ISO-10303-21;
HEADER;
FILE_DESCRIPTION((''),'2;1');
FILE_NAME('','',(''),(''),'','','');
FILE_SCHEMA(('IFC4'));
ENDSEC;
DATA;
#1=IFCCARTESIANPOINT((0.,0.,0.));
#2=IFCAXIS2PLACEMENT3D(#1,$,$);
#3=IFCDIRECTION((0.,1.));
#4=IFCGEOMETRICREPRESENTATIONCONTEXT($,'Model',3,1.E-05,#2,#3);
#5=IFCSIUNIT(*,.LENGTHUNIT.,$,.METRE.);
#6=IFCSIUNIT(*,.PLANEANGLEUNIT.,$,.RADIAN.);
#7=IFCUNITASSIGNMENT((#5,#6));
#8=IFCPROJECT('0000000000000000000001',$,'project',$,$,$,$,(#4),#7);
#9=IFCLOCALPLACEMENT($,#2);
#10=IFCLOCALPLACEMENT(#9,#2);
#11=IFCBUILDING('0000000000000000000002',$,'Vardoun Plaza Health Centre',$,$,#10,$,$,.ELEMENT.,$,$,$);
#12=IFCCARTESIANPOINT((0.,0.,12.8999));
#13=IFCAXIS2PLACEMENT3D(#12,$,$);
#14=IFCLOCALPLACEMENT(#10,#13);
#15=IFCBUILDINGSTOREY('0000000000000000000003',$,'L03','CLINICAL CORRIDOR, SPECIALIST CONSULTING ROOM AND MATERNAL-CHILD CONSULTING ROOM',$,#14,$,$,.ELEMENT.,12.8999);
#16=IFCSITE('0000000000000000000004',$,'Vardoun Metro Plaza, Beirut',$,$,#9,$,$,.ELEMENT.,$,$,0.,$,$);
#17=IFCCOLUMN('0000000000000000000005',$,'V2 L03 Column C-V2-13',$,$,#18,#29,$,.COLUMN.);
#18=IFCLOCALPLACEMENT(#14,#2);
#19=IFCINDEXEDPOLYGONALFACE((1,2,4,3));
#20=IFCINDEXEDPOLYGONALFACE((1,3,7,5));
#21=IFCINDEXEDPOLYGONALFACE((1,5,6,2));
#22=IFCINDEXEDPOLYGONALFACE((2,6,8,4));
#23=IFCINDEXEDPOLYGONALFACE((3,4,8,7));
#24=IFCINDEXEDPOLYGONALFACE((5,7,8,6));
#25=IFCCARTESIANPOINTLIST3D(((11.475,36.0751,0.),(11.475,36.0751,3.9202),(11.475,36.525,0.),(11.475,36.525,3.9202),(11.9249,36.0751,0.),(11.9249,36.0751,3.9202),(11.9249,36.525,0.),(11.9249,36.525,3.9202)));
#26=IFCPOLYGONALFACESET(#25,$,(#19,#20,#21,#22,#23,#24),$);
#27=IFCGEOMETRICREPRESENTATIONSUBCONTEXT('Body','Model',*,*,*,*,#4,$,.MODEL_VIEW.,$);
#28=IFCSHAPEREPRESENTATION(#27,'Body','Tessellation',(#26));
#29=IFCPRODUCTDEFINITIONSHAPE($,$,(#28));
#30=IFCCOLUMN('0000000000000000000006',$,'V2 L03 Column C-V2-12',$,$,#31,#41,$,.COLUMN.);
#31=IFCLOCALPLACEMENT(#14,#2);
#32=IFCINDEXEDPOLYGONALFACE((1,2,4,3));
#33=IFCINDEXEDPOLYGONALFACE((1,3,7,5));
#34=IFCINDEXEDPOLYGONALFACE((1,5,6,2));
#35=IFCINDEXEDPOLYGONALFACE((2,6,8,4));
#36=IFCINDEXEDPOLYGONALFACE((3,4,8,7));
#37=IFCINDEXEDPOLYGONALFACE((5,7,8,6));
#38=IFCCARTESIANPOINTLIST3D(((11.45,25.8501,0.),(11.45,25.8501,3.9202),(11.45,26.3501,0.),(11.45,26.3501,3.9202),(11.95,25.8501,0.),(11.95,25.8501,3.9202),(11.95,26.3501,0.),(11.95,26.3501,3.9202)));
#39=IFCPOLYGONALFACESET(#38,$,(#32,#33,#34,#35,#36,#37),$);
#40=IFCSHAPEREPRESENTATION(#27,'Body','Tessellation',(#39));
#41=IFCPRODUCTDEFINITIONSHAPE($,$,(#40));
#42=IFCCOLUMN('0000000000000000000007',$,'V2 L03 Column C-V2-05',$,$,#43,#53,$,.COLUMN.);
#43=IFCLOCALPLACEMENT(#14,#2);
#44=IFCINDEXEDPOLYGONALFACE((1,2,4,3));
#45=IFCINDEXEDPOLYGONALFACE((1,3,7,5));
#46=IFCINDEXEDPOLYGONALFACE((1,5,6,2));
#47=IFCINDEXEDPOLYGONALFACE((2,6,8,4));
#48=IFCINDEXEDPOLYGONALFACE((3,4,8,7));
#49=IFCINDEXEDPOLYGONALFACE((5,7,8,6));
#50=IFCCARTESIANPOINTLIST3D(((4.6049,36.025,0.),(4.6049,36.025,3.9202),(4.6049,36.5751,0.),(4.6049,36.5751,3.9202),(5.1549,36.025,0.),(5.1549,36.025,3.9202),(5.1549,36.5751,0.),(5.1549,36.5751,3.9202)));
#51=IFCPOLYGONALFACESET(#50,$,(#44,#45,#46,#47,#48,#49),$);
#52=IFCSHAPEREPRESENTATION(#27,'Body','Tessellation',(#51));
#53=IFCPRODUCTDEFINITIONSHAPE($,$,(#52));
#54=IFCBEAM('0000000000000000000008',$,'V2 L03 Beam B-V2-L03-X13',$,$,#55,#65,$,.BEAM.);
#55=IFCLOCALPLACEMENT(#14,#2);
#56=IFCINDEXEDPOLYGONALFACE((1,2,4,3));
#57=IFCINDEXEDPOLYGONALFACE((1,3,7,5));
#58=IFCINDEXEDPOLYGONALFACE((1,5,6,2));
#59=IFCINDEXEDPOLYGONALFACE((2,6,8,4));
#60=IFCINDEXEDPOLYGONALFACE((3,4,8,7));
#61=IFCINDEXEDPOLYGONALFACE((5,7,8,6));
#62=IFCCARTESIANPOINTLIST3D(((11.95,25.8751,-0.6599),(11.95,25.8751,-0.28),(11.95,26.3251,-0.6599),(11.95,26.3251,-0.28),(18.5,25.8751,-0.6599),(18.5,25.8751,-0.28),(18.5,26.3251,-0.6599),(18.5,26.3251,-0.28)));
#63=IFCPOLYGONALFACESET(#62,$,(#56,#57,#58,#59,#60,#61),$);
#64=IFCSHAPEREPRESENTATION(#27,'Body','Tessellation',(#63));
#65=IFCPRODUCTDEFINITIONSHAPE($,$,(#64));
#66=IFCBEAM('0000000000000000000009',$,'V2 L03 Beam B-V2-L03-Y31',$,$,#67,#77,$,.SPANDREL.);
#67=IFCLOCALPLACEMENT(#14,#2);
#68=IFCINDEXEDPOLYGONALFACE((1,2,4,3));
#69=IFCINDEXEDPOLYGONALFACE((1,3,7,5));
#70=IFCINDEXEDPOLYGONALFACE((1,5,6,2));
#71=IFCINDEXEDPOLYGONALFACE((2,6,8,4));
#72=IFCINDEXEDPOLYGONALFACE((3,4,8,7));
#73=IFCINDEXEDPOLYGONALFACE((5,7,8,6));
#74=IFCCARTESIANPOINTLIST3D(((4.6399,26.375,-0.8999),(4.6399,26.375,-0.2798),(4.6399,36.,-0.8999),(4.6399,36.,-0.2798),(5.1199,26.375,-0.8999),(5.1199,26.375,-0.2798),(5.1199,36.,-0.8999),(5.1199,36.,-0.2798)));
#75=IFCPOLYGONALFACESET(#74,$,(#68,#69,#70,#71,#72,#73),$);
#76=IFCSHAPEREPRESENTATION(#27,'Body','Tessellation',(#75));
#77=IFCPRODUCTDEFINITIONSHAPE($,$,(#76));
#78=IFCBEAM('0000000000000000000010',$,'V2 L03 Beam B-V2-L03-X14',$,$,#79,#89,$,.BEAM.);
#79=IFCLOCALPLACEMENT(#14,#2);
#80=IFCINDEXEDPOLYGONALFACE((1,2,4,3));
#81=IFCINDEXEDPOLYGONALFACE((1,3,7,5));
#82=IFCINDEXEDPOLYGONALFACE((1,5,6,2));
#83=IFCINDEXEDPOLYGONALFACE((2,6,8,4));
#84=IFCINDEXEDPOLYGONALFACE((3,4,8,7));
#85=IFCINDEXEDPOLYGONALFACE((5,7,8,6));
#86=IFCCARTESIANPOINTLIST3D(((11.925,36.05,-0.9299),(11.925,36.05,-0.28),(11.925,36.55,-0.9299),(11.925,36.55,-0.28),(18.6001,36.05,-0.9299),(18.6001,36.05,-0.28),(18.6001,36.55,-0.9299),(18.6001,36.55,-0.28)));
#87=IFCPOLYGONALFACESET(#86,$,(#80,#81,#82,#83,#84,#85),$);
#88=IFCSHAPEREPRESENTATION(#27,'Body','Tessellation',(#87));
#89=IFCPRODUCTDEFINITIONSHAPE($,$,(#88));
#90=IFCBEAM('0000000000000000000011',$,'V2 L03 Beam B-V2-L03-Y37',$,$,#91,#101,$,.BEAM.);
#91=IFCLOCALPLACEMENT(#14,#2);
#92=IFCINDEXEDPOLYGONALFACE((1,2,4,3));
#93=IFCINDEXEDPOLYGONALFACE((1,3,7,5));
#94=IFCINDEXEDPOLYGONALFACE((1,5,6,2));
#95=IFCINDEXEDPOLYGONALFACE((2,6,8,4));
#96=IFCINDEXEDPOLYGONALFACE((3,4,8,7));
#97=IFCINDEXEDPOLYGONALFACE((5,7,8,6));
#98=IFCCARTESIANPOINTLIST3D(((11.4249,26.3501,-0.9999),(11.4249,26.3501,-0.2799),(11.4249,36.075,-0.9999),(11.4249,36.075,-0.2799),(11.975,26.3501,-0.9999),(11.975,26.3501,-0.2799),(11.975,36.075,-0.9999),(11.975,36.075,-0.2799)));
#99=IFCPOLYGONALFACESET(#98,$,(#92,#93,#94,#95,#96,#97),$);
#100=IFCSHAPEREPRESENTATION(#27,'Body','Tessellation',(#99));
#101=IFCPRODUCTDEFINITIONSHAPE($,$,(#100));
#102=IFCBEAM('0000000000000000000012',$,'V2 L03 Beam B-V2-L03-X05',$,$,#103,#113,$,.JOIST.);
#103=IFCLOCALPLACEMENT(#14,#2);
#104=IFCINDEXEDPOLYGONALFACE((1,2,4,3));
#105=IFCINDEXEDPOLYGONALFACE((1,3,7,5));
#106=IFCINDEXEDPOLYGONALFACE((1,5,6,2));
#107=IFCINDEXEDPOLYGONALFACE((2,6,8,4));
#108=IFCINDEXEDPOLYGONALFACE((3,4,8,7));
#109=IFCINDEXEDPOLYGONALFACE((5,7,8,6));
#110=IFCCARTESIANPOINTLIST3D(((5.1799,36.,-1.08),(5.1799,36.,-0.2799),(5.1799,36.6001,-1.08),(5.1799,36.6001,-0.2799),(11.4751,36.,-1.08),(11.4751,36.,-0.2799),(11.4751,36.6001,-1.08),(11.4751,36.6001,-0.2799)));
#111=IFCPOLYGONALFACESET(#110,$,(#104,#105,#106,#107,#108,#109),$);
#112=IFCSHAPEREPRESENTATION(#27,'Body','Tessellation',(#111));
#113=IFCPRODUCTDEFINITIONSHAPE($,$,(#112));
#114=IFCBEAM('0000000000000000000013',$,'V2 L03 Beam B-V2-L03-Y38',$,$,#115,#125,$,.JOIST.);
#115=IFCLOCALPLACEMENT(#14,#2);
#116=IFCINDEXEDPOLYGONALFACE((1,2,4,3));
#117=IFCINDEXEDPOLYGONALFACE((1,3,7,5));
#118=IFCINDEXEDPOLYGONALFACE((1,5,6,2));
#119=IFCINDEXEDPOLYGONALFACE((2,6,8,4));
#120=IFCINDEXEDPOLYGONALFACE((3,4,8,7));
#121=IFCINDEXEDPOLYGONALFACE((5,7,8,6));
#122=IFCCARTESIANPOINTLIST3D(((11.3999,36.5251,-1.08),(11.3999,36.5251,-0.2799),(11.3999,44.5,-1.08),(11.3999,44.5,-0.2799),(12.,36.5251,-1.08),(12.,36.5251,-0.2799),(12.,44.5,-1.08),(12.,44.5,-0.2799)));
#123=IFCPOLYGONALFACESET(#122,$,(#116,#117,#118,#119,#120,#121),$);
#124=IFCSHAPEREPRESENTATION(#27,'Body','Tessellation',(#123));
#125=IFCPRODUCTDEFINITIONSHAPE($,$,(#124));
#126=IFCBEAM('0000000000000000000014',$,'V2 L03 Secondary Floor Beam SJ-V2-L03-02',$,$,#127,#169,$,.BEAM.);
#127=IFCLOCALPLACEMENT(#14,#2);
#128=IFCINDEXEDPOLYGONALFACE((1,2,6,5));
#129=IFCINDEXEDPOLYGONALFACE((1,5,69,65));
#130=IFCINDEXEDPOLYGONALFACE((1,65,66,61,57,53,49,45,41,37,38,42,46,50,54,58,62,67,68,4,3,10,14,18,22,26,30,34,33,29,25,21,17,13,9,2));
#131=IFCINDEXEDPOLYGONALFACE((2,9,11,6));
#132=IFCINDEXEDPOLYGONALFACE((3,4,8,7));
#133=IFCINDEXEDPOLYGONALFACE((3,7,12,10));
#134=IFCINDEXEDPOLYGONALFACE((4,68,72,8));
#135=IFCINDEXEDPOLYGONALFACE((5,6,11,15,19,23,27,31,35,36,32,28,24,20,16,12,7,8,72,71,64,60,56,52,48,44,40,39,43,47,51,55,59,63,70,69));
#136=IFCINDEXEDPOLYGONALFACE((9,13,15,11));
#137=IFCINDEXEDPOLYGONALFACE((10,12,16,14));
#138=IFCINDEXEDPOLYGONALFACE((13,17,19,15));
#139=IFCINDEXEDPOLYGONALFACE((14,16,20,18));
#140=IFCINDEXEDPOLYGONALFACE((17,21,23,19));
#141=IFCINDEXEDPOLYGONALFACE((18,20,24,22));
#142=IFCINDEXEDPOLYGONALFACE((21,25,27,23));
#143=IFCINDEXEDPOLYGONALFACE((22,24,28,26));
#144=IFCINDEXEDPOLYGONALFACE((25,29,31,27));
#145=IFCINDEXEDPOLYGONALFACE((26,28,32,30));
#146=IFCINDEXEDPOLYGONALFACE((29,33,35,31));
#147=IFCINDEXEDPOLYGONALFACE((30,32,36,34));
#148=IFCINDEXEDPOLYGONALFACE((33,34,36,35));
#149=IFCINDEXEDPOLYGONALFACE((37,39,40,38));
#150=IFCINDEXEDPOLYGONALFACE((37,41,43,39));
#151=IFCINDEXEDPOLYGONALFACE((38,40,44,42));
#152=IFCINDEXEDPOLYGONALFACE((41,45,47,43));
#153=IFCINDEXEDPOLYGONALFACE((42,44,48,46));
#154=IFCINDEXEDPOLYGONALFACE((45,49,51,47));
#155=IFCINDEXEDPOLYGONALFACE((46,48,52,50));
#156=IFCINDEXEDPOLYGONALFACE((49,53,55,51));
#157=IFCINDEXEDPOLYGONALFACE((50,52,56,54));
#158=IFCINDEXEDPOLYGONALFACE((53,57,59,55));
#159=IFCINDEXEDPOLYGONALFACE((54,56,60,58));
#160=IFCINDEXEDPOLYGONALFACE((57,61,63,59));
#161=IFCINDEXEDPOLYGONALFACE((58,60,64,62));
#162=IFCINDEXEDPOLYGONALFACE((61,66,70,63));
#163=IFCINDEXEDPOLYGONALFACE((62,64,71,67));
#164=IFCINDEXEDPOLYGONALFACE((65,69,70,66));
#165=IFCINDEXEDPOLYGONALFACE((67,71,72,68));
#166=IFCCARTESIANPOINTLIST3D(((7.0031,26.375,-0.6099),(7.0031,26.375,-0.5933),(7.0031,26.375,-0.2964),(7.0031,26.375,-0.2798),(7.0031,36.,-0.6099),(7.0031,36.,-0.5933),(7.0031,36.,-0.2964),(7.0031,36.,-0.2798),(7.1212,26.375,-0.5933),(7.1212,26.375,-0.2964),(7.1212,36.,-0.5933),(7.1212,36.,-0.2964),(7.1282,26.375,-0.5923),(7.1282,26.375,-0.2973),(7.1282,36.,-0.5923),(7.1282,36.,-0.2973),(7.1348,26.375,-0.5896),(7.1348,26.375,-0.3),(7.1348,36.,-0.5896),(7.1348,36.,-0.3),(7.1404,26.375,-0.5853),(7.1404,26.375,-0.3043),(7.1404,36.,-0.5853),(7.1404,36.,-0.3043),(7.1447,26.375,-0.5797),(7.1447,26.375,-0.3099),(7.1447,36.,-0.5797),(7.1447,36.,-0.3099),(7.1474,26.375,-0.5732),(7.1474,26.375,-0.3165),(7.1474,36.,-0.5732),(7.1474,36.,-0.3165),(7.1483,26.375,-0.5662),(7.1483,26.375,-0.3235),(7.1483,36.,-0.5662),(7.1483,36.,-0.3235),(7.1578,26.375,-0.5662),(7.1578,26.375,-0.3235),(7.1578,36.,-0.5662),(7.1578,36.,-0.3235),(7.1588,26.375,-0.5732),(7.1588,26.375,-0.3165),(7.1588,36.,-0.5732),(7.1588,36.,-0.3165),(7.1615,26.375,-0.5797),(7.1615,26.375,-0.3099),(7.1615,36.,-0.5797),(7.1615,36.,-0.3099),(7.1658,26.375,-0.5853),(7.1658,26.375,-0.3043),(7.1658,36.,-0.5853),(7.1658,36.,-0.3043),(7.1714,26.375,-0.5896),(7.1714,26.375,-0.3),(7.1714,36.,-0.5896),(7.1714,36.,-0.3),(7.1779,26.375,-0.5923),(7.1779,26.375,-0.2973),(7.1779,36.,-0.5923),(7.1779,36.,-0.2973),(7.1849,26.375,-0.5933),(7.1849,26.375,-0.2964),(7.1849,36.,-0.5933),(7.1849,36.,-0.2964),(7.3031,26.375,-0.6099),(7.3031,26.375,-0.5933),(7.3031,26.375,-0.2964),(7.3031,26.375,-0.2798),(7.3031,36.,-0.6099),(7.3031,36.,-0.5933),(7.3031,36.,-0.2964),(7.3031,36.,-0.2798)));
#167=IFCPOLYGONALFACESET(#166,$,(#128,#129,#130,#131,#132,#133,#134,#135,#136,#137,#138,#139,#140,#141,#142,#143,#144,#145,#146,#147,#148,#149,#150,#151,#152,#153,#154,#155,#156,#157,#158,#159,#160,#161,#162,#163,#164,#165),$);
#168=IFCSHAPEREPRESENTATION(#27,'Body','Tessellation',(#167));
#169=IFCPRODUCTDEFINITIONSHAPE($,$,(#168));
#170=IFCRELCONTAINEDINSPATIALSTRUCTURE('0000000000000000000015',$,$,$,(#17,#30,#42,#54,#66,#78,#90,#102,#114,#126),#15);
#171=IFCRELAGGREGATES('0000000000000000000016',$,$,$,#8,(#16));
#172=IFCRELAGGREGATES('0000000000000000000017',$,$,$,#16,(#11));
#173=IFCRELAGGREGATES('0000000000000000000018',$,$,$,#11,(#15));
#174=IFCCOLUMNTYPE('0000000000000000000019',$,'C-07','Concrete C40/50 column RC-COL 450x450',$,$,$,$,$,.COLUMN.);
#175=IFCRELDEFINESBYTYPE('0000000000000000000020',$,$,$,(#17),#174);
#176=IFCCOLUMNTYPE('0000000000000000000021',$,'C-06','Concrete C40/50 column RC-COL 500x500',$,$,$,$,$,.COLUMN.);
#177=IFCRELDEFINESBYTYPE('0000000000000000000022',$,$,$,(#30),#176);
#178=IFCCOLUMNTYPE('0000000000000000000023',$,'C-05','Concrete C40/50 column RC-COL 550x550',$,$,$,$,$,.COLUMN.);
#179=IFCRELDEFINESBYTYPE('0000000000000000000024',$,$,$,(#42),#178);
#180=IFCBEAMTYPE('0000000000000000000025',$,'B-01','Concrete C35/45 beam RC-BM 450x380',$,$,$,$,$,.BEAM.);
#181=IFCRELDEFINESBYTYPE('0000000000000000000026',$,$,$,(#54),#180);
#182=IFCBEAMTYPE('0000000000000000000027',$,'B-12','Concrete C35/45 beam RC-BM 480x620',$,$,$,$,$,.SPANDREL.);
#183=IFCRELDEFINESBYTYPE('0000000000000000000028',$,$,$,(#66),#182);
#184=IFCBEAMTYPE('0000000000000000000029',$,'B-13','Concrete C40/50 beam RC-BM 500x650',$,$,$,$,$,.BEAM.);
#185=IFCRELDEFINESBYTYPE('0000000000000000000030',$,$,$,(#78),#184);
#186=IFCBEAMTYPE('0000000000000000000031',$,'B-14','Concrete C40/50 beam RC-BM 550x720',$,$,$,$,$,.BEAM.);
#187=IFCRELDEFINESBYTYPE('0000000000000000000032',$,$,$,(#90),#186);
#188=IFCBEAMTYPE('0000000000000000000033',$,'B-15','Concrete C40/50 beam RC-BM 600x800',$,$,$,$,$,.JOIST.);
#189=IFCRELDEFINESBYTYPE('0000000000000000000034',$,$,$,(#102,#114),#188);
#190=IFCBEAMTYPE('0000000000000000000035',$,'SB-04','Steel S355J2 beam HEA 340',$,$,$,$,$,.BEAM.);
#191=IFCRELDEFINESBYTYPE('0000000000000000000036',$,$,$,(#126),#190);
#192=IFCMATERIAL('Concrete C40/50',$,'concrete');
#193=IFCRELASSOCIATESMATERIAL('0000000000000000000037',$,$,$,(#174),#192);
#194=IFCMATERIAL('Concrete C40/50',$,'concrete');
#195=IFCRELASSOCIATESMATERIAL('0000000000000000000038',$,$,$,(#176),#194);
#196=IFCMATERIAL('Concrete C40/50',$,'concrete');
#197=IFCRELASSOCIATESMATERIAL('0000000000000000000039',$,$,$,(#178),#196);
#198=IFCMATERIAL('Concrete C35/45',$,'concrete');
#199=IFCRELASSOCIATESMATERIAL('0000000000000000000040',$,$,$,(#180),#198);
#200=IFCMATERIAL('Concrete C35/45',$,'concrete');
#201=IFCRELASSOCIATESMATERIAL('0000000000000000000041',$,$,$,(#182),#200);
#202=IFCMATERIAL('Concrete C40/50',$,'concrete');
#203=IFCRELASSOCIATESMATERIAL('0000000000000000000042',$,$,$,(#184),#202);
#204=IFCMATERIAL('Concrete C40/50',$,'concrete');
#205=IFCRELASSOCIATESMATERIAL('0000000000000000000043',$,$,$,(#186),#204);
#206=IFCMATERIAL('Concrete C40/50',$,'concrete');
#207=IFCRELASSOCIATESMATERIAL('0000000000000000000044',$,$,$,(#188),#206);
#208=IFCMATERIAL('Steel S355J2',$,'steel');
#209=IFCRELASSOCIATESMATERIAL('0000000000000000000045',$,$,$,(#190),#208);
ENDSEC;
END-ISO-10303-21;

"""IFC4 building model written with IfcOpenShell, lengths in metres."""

from ifc_helpers import new_model, si_unit, direction, frame, origin, origin_2d, place, context, subcontext, project, spatial, rectangle, i_section, extrude, material, material_profile, profile_set, type_object, element, save


model = new_model("IFC4")

# Units and contexts
model_context = context("Model", 3, precision=1e-05, world=origin(), true_north=direction((0.0, 1.0)))
body_context = subcontext(model_context, "Body", "Model", "MODEL_VIEW")
ifc_project = project(units=[si_unit("LENGTHUNIT", "METRE"), si_unit("PLANEANGLEUNIT", "RADIAN")], contexts=[model_context])

# Site, building, storey
site_placement = place(None, origin())
site = spatial("IfcSite", under=ifc_project, at=site_placement, Name="Vardoun Metro Plaza, Beirut", CompositionType="ELEMENT", RefElevation=0.0)
building_placement = place(site_placement, origin())
building = spatial("IfcBuilding", under=site, at=building_placement, Name="Vardoun Plaza Health Centre", CompositionType="ELEMENT")
storey_placement = place(building_placement, frame((0.0, 0.0, 12.8999)))
storey = spatial("IfcBuildingStorey", under=building, at=storey_placement, Name="L03", Description="CLINICAL CORRIDOR, SPECIALIST CONSULTING ROOM AND MATERNAL-CHILD CONSULTING ROOM", CompositionType="ELEMENT", Elevation=12.8999)

# Columns
ifc_material_1 = material(Name="Concrete C40/50", Category="concrete")
ifc_material_profile_1 = material_profile(ifc_material_1, rectangle(XDim=0.45, YDim=0.45, at=origin_2d()), Name="RC-COL 450x450")
ifc_profile_set_1 = profile_set([ifc_material_profile_1], Name="Concrete C40/50")
column_type_1 = type_object("IfcColumnType", Name="C-07", Description="Concrete C40/50 column RC-COL 450x450", PredefinedType="COLUMN", material=ifc_profile_set_1)
column_1_placement = place(storey_placement, frame((11.7, 36.3, 0.0), z_axis=(0.0, 0.0, 1.0), x_axis=(1.0, 0.0, 0.0)))
element("IfcColumn", 1, at=column_1_placement, inside=storey, type_object=column_type_1, Name="V2 L03 Column C-V2-13", PredefinedType="COLUMN", context=body_context, shape_type="SweptSolid", body=[
    extrude(rectangle(XDim=0.45, YDim=0.45, at=origin_2d()), origin(), (0.0, 0.0, 1.0), 3.9202),
])
ifc_material_2 = material(Name="Concrete C40/50", Category="concrete")
ifc_material_profile_2 = material_profile(ifc_material_2, rectangle(XDim=0.5, YDim=0.5, at=origin_2d()), Name="RC-COL 500x500")
ifc_profile_set_2 = profile_set([ifc_material_profile_2], Name="Concrete C40/50")
column_type_2 = type_object("IfcColumnType", Name="C-06", Description="Concrete C40/50 column RC-COL 500x500", PredefinedType="COLUMN", material=ifc_profile_set_2)
column_2_placement = place(storey_placement, frame((11.7, 26.1001, 0.0), z_axis=(0.0, 0.0, 1.0), x_axis=(1.0, 0.0, 0.0)))
element("IfcColumn", 2, at=column_2_placement, inside=storey, type_object=column_type_2, Name="V2 L03 Column C-V2-12", PredefinedType="COLUMN", context=body_context, shape_type="SweptSolid", body=[
    extrude(rectangle(XDim=0.5, YDim=0.5, at=origin_2d()), origin(), (0.0, 0.0, 1.0), 3.9202),
])
ifc_material_3 = material(Name="Concrete C40/50", Category="concrete")
ifc_material_profile_3 = material_profile(ifc_material_3, rectangle(XDim=0.55, YDim=0.55, at=origin_2d()), Name="RC-COL 550x550")
ifc_profile_set_3 = profile_set([ifc_material_profile_3], Name="Concrete C40/50")
column_type_3 = type_object("IfcColumnType", Name="C-05", Description="Concrete C40/50 column RC-COL 550x550", PredefinedType="COLUMN", material=ifc_profile_set_3)
column_3_placement = place(storey_placement, frame((4.8799, 36.3, 0.0), z_axis=(0.0, 0.0, 1.0), x_axis=(1.0, 0.0, 0.0)))
element("IfcColumn", 3, at=column_3_placement, inside=storey, type_object=column_type_3, Name="V2 L03 Column C-V2-05", PredefinedType="COLUMN", context=body_context, shape_type="SweptSolid", body=[
    extrude(rectangle(XDim=0.55, YDim=0.55, at=origin_2d()), origin(), (0.0, 0.0, 1.0), 3.9202),
])

# Beams
ifc_material_4 = material(Name="Concrete C35/45", Category="concrete")
ifc_material_profile_4 = material_profile(ifc_material_4, rectangle(XDim=0.45, YDim=0.3799, at=origin_2d()), Name="RC-BM 450x380")
ifc_profile_set_4 = profile_set([ifc_material_profile_4], Name="Concrete C35/45")
beam_type_1 = type_object("IfcBeamType", Name="B-01", Description="Concrete C35/45 beam RC-BM 450x380", PredefinedType="BEAM", material=ifc_profile_set_4)
beam_1_placement = place(storey_placement, frame((11.95, 26.1001, -0.47), z_axis=(1.0, 0.0, 0.0), x_axis=(0.0, 1.0, 0.0)))
element("IfcBeam", 4, at=beam_1_placement, inside=storey, type_object=beam_type_1, Name="V2 L03 Beam B-V2-L03-X13", PredefinedType="BEAM", context=body_context, shape_type="SweptSolid", body=[
    extrude(rectangle(XDim=0.45, YDim=0.3799, at=origin_2d()), origin(), (0.0, 0.0, 1.0), 6.55),
])
ifc_material_5 = material(Name="Concrete C35/45", Category="concrete")
ifc_material_profile_5 = material_profile(ifc_material_5, rectangle(XDim=0.48, YDim=0.6201, at=origin_2d()), Name="RC-BM 480x620")
ifc_profile_set_5 = profile_set([ifc_material_profile_5], Name="Concrete C35/45")
beam_type_2 = type_object("IfcBeamType", Name="B-12", Description="Concrete C35/45 beam RC-BM 480x620", PredefinedType="SPANDREL", material=ifc_profile_set_5)
beam_2_placement = place(storey_placement, frame((4.8799, 26.375, -0.5898), z_axis=(0.0, 1.0, 0.0), x_axis=(-1.0, 0.0, 0.0)))
element("IfcBeam", 5, at=beam_2_placement, inside=storey, type_object=beam_type_2, Name="V2 L03 Beam B-V2-L03-Y31", PredefinedType="SPANDREL", context=body_context, shape_type="SweptSolid", body=[
    extrude(rectangle(XDim=0.48, YDim=0.6201, at=origin_2d()), origin(), (0.0, 0.0, 1.0), 9.625),
])
ifc_material_6 = material(Name="Concrete C40/50", Category="concrete")
ifc_material_profile_6 = material_profile(ifc_material_6, rectangle(XDim=0.5, YDim=0.6499, at=origin_2d()), Name="RC-BM 500x650")
ifc_profile_set_6 = profile_set([ifc_material_profile_6], Name="Concrete C40/50")
beam_type_3 = type_object("IfcBeamType", Name="B-13", Description="Concrete C40/50 beam RC-BM 500x650", PredefinedType="BEAM", material=ifc_profile_set_6)
beam_3_placement = place(storey_placement, frame((11.925, 36.3, -0.605), z_axis=(1.0, 0.0, 0.0), x_axis=(0.0, 1.0, 0.0)))
element("IfcBeam", 6, at=beam_3_placement, inside=storey, type_object=beam_type_3, Name="V2 L03 Beam B-V2-L03-X14", PredefinedType="BEAM", context=body_context, shape_type="SweptSolid", body=[
    extrude(rectangle(XDim=0.5, YDim=0.6499, at=origin_2d()), origin(), (0.0, 0.0, 1.0), 6.675),
])
ifc_material_7 = material(Name="Concrete C40/50", Category="concrete")
ifc_material_profile_7 = material_profile(ifc_material_7, rectangle(XDim=0.55, YDim=0.72, at=origin_2d()), Name="RC-BM 550x720")
ifc_profile_set_7 = profile_set([ifc_material_profile_7], Name="Concrete C40/50")
beam_type_4 = type_object("IfcBeamType", Name="B-14", Description="Concrete C40/50 beam RC-BM 550x720", PredefinedType="BEAM", material=ifc_profile_set_7)
beam_4_placement = place(storey_placement, frame((11.7, 26.3501, -0.6399), z_axis=(0.0, 1.0, 0.0), x_axis=(-1.0, 0.0, 0.0)))
element("IfcBeam", 7, at=beam_4_placement, inside=storey, type_object=beam_type_4, Name="V2 L03 Beam B-V2-L03-Y37", PredefinedType="BEAM", context=body_context, shape_type="SweptSolid", body=[
    extrude(rectangle(XDim=0.55, YDim=0.72, at=origin_2d()), origin(), (0.0, 0.0, 1.0), 9.7249),
])
ifc_material_8 = material(Name="Concrete C40/50", Category="concrete")
ifc_material_profile_8 = material_profile(ifc_material_8, rectangle(XDim=0.6001, YDim=0.8, at=origin_2d()), Name="RC-BM 600x800")
ifc_profile_set_8 = profile_set([ifc_material_profile_8], Name="Concrete C40/50")
beam_type_5 = type_object("IfcBeamType", Name="B-15", Description="Concrete C40/50 beam RC-BM 600x800", PredefinedType="JOIST", material=ifc_profile_set_8)
beam_5_placement = place(storey_placement, frame((5.1799, 36.3, -0.6799), z_axis=(1.0, 0.0, 0.0), x_axis=(0.0, 1.0, 0.0)))
element("IfcBeam", 8, at=beam_5_placement, inside=storey, type_object=beam_type_5, Name="V2 L03 Beam B-V2-L03-X05", PredefinedType="JOIST", context=body_context, shape_type="SweptSolid", body=[
    extrude(rectangle(XDim=0.6001, YDim=0.8, at=origin_2d()), origin(), (0.0, 0.0, 1.0), 6.2952),
])
beam_6_placement = place(storey_placement, frame((11.7, 36.5251, -0.6799), z_axis=(0.0, 1.0, 0.0), x_axis=(-1.0, 0.0, 0.0)))
element("IfcBeam", 9, at=beam_6_placement, inside=storey, type_object=beam_type_5, Name="V2 L03 Beam B-V2-L03-Y38", PredefinedType="JOIST", context=body_context, shape_type="SweptSolid", body=[
    extrude(rectangle(XDim=0.6001, YDim=0.8, at=origin_2d()), origin(), (0.0, 0.0, 1.0), 7.9749),
])
ifc_material_9 = material(Name="Steel S355J2", Category="steel")
ifc_material_profile_9 = material_profile(ifc_material_9, i_section(OverallWidth=0.3, OverallDepth=0.3301, WebThickness=0.0095, FlangeThickness=0.0166, FilletRadius=0.0271, at=origin_2d()), Name="HEA 340")
ifc_profile_set_9 = profile_set([ifc_material_profile_9], Name="Steel S355J2")
beam_type_6 = type_object("IfcBeamType", Name="SB-04", Description="Steel S355J2 beam HEA 340", PredefinedType="BEAM", material=ifc_profile_set_9)
beam_7_placement = place(storey_placement, frame((7.1531, 26.375, -0.4448), z_axis=(0.0, 1.0, 0.0), x_axis=(-1.0, 0.0, 0.0)))
element("IfcBeam", 10, at=beam_7_placement, inside=storey, type_object=beam_type_6, Name="V2 L03 Secondary Floor Beam SJ-V2-L03-02", PredefinedType="BEAM", context=body_context, shape_type="SweptSolid", body=[
    extrude(i_section(OverallWidth=0.3, OverallDepth=0.3301, WebThickness=0.0095, FlangeThickness=0.0166, FilletRadius=0.0271, at=origin_2d()), origin(), (0.0, 0.0, 1.0), 9.625),
])

save(model, "model.ifc")
